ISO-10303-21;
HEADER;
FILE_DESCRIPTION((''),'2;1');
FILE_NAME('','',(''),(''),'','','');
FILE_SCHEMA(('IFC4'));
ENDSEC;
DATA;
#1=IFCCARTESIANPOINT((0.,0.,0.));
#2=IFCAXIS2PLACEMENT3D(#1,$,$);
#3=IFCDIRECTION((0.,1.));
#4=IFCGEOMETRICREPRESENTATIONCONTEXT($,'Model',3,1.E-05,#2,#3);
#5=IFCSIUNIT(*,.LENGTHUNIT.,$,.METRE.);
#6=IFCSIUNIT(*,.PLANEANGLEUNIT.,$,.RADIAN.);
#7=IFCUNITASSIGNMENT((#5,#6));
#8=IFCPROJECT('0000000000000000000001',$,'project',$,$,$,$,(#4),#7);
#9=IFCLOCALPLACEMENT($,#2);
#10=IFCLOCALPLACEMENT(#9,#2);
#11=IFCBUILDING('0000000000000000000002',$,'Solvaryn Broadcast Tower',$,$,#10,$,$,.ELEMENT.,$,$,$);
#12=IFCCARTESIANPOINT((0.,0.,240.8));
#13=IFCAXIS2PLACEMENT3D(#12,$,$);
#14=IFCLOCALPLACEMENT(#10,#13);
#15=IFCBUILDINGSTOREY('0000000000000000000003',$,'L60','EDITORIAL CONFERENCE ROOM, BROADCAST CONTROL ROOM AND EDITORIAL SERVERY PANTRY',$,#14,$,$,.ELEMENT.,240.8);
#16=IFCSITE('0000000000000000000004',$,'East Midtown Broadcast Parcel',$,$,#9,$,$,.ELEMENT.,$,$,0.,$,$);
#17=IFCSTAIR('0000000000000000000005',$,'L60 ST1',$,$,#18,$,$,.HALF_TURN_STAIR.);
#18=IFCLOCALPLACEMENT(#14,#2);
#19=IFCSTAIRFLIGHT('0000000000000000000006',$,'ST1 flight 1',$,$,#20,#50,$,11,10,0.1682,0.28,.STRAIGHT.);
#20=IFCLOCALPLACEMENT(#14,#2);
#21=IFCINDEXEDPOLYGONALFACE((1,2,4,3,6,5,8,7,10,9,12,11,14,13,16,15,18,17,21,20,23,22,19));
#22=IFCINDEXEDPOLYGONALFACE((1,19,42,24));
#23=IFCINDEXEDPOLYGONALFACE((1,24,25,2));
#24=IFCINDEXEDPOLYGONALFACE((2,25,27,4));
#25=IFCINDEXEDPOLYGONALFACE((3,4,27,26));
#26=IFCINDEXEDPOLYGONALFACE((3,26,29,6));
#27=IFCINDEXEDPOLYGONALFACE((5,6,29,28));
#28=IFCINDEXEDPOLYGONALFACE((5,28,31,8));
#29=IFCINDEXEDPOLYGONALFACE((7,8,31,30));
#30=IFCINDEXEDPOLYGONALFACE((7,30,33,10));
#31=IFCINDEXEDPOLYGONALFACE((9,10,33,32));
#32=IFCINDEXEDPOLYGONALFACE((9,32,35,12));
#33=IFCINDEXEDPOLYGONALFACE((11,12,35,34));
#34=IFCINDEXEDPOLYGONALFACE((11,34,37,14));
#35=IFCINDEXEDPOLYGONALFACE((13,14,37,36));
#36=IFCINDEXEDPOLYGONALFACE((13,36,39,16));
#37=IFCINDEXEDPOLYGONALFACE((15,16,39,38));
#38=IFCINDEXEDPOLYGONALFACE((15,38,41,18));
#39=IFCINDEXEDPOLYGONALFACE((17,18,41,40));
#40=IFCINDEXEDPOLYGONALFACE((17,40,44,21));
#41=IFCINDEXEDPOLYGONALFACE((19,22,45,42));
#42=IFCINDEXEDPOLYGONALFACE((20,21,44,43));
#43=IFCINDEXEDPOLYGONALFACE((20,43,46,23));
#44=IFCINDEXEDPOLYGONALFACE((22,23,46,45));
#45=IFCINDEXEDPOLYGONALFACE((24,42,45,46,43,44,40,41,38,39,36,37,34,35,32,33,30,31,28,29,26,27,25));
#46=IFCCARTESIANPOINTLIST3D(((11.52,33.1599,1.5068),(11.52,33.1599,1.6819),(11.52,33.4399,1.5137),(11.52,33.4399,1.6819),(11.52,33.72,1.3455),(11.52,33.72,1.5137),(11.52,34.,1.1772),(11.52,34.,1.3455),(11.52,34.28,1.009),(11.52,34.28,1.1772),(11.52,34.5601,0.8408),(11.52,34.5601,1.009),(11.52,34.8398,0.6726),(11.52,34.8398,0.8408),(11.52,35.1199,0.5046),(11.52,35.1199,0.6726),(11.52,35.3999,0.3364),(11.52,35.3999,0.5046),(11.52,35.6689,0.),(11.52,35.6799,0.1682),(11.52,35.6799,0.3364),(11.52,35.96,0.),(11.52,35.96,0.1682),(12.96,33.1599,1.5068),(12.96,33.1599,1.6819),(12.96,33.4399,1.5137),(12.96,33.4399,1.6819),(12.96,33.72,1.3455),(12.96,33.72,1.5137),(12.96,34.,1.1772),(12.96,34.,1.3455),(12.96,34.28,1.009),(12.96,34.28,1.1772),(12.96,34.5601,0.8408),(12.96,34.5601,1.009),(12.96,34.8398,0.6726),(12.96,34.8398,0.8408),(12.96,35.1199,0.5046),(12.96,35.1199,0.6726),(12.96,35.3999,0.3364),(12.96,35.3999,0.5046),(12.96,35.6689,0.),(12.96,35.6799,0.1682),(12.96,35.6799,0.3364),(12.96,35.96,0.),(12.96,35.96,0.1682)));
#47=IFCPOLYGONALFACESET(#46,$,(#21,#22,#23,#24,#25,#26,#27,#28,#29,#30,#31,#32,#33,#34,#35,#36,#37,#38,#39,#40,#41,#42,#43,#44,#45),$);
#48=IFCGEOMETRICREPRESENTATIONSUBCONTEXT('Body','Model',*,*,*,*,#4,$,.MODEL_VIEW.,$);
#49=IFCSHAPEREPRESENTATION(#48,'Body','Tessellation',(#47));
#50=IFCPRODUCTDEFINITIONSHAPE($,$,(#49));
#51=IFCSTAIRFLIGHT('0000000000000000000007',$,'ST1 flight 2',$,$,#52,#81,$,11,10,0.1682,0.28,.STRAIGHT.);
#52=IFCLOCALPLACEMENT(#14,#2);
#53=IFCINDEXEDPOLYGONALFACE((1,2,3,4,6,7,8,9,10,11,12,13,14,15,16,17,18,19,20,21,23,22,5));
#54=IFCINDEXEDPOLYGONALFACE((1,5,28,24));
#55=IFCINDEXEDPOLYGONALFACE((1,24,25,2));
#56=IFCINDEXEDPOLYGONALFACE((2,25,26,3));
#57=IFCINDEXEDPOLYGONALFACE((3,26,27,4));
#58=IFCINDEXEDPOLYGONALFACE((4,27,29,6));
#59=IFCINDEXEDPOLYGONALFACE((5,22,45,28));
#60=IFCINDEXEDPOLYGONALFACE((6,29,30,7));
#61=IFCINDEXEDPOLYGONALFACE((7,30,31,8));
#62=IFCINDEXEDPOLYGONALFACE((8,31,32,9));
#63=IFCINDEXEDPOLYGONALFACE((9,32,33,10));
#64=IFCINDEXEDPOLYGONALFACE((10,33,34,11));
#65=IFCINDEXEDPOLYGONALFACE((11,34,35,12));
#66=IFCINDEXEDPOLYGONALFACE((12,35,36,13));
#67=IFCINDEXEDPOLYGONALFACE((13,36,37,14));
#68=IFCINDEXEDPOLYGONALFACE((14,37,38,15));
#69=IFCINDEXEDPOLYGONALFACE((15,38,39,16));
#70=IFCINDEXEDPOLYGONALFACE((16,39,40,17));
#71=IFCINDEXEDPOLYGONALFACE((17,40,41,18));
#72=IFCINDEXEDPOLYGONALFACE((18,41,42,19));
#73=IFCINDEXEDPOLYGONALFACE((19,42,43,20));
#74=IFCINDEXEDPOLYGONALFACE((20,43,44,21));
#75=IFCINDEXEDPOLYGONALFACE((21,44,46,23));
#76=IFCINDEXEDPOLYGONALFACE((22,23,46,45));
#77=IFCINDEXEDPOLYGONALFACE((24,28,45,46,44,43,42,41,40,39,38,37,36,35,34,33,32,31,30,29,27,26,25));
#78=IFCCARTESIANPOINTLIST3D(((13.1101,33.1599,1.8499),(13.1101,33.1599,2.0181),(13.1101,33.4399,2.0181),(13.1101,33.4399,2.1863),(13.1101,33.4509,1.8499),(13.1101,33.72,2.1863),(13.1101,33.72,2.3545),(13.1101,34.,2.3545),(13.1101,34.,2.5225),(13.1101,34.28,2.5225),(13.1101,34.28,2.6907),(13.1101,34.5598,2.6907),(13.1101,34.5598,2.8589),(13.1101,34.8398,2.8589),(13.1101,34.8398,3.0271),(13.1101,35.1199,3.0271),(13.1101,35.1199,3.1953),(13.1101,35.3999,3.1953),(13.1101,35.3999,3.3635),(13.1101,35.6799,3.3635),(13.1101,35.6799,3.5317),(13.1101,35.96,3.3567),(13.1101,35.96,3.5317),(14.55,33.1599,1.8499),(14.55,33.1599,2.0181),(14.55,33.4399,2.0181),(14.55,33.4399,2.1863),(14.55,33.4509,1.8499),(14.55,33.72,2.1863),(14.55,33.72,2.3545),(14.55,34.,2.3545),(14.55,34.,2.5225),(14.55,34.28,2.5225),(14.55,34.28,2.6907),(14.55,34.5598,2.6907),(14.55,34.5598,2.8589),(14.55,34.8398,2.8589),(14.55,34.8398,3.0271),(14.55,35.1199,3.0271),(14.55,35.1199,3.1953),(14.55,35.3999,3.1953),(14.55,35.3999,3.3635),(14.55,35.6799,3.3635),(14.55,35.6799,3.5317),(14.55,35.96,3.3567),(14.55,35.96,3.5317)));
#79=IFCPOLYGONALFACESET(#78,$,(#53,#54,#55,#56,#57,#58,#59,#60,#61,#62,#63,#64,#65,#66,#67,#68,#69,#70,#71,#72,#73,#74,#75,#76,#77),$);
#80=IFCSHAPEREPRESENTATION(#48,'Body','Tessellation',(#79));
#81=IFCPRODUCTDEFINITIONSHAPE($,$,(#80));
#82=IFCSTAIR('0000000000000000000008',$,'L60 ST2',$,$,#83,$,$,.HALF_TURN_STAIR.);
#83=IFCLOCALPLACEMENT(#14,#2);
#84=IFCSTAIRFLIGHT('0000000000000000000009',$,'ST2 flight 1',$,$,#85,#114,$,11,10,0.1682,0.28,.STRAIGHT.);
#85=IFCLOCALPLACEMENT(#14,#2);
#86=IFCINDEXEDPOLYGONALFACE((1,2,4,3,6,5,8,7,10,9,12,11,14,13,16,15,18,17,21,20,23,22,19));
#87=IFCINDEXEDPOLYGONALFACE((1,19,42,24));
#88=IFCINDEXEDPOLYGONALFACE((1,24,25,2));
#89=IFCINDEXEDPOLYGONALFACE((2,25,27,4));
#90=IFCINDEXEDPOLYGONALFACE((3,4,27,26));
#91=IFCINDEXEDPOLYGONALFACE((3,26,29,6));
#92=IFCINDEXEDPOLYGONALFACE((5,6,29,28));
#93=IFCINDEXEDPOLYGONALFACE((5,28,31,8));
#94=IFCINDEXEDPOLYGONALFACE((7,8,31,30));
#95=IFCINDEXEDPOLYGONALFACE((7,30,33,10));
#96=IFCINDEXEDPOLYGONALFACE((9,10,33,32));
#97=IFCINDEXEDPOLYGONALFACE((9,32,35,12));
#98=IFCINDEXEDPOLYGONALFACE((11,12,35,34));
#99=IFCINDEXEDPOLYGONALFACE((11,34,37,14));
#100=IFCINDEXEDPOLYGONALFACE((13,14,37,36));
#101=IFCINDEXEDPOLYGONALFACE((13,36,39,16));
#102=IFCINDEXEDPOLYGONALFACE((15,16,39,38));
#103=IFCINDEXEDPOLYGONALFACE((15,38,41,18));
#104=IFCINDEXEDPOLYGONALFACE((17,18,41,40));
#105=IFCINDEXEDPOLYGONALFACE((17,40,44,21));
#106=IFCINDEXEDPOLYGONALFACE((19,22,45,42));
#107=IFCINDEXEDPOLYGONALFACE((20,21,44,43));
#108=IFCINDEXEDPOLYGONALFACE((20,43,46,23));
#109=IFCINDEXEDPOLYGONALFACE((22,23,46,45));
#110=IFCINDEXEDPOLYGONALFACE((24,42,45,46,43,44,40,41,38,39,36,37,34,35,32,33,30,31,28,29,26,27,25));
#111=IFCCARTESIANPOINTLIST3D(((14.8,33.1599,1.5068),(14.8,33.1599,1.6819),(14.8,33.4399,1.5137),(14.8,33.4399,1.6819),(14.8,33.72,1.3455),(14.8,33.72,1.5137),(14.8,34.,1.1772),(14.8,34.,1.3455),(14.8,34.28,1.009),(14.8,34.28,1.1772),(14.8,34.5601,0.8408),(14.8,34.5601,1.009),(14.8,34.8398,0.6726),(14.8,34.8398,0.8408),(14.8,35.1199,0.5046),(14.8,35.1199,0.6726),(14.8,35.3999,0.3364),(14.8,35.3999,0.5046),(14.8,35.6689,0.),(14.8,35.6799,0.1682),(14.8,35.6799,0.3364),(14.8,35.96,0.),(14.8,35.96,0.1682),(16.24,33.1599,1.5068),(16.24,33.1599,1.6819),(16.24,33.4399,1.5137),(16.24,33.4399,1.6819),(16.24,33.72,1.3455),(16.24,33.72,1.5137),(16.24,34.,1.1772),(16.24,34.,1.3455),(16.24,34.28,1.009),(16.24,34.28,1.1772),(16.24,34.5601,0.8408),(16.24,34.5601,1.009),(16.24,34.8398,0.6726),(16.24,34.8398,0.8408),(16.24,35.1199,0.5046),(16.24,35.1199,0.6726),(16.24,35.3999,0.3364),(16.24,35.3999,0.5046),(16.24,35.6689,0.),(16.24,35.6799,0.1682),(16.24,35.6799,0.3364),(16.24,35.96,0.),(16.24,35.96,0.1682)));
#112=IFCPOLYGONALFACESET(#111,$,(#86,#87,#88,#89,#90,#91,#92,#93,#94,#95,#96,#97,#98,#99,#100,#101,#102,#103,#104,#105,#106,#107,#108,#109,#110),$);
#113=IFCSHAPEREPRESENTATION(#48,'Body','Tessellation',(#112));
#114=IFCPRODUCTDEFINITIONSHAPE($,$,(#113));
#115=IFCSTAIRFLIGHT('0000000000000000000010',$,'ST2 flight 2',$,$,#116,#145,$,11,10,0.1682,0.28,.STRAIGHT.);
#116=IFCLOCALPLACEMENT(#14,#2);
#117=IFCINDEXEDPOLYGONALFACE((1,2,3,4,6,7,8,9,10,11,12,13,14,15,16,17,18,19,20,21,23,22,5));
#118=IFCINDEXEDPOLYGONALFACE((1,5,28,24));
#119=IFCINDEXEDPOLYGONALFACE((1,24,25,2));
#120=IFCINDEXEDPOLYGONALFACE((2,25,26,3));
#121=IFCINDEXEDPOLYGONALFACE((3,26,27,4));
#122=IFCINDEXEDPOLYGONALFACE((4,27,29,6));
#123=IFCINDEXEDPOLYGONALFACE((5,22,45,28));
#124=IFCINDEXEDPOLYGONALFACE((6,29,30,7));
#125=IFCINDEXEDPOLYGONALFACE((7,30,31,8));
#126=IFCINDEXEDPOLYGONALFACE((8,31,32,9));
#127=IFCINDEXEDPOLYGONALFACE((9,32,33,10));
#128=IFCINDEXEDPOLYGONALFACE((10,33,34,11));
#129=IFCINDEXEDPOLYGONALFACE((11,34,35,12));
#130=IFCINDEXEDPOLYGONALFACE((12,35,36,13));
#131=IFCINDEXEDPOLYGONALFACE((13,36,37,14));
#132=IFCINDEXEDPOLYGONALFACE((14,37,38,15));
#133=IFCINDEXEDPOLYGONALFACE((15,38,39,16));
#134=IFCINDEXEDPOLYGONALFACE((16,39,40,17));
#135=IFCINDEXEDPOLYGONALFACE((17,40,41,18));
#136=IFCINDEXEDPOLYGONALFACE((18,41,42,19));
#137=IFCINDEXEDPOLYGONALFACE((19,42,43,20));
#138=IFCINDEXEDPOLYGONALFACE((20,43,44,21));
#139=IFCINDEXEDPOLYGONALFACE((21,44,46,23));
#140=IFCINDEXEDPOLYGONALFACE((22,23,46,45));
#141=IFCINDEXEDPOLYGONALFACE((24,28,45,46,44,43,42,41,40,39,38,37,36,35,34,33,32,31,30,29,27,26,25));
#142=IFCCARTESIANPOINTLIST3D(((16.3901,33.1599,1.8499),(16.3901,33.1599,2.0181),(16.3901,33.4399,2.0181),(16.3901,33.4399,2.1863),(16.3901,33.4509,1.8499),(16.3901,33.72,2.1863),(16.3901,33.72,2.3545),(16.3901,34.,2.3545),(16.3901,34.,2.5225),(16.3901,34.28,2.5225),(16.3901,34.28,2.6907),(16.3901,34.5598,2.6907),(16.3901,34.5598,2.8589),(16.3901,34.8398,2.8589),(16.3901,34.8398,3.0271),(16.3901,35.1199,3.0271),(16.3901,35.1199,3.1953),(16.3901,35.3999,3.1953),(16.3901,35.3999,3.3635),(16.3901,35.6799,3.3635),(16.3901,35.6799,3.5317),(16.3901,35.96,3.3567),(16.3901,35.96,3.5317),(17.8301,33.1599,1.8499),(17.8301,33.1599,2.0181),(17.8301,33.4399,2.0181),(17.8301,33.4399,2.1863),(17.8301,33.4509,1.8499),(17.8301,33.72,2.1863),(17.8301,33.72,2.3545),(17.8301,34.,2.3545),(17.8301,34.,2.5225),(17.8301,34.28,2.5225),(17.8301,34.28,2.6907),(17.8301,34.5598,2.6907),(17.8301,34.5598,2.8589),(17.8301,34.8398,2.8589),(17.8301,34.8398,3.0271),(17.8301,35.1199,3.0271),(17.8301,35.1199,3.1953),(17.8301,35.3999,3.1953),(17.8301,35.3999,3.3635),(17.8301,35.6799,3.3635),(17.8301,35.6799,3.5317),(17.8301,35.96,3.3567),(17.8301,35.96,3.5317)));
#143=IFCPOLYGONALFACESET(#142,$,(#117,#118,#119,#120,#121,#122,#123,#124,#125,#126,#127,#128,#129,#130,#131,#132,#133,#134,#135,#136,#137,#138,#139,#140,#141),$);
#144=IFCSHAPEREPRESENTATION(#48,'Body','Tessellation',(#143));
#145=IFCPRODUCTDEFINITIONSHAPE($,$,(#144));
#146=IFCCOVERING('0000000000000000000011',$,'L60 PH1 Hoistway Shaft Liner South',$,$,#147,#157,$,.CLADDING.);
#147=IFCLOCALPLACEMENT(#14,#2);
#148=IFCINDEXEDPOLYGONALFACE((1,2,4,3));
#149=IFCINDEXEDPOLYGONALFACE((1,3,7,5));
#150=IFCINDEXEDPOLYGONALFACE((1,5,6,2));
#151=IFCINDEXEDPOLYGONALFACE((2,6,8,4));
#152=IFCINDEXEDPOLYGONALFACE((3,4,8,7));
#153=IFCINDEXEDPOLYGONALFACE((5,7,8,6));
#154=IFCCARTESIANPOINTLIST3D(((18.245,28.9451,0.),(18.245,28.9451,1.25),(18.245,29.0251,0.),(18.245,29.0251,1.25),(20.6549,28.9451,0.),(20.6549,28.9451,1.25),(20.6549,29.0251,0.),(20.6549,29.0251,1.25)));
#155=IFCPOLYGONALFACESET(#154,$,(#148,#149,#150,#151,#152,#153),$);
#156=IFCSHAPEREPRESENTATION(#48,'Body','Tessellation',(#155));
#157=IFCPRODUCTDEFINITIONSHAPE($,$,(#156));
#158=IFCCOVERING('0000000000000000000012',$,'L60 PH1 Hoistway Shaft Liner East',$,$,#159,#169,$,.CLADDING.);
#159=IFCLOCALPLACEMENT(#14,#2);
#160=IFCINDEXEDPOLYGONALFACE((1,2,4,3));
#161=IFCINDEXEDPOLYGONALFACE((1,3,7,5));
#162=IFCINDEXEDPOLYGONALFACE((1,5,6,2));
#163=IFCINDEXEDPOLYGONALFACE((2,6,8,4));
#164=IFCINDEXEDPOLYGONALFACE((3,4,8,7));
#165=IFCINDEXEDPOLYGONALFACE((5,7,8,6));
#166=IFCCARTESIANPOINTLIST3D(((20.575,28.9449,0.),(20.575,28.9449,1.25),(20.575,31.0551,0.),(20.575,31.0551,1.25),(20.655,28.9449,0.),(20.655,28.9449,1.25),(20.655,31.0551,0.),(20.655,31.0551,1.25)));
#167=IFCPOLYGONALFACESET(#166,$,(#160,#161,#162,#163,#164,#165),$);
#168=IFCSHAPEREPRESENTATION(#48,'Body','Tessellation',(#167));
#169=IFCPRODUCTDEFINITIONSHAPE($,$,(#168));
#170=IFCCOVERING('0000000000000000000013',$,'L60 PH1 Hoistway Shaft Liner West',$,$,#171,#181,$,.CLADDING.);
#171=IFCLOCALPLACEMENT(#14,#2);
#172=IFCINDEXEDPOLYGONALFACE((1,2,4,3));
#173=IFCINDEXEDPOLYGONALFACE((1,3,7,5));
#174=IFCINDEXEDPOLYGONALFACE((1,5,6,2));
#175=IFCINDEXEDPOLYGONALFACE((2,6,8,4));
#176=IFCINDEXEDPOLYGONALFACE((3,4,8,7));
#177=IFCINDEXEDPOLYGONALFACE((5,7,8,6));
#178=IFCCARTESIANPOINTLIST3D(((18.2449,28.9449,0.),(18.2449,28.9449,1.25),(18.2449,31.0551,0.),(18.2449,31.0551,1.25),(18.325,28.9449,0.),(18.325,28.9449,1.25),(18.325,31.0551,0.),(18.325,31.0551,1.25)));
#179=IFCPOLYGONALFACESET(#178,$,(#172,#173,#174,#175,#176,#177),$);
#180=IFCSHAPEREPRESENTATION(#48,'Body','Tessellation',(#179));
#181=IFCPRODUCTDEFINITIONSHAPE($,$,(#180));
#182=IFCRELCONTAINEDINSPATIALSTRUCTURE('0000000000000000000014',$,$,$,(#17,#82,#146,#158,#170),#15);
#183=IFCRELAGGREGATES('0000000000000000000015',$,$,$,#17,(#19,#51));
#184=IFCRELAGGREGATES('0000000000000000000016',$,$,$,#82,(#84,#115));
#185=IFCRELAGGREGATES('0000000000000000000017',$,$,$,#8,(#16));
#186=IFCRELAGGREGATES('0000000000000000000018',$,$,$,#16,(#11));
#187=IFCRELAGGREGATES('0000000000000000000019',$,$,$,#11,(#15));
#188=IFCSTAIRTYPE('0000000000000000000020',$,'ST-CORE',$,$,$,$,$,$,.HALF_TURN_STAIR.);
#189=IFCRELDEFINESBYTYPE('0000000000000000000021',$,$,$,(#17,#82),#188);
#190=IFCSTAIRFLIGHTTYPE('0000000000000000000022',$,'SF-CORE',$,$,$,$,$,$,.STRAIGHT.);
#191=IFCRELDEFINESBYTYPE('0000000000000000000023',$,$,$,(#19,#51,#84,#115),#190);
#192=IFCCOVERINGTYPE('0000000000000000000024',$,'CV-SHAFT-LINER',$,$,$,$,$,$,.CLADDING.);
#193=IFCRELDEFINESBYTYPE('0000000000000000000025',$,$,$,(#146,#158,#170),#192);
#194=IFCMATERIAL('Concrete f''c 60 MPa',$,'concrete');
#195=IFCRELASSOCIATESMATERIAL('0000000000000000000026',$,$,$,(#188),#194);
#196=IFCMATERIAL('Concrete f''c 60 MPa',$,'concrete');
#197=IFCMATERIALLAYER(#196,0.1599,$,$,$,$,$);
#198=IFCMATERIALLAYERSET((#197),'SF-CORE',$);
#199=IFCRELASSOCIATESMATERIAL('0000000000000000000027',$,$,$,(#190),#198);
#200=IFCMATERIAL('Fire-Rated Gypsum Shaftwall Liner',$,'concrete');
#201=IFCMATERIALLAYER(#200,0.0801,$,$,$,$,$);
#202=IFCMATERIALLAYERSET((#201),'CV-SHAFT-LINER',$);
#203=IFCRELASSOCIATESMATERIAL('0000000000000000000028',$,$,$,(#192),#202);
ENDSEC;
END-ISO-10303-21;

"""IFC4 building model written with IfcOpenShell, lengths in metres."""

from ifc_helpers import new_model, si_unit, direction, frame, origin, origin_2d, place, context, subcontext, project, spatial, polyline, rectangle, outline, extrude, material, layer, layer_set, type_object, element, aggregate, save


model = new_model("IFC4")

# Units and contexts
model_context = context("Model", 3, precision=1e-05, world=origin(), true_north=direction((0.0, 1.0)))
body_context = subcontext(model_context, "Body", "Model", "MODEL_VIEW")
ifc_project = project(units=[si_unit("LENGTHUNIT", "METRE"), si_unit("PLANEANGLEUNIT", "RADIAN")], contexts=[model_context])

# Site, building, storey
site_placement = place(None, origin())
site = spatial("IfcSite", under=ifc_project, at=site_placement, Name="East Midtown Broadcast Parcel", CompositionType="ELEMENT", RefElevation=0.0)
building_placement = place(site_placement, origin())
building = spatial("IfcBuilding", under=site, at=building_placement, Name="Solvaryn Broadcast Tower", CompositionType="ELEMENT")
storey_placement = place(building_placement, frame((0.0, 0.0, 240.8)))
storey = spatial("IfcBuildingStorey", under=building, at=storey_placement, Name="L60", Description="EDITORIAL CONFERENCE ROOM, BROADCAST CONTROL ROOM AND EDITORIAL SERVERY PANTRY", CompositionType="ELEMENT", Elevation=240.8)

# Stairs, stair flights
ifc_material_1 = material(Name="Concrete f'c 60 MPa", Category="concrete")
stair_type = type_object("IfcStairType", Name="ST-CORE", PredefinedType="HALF_TURN_STAIR", material=ifc_material_1)
stair_1_placement = place(storey_placement, origin())
stair_1 = element("IfcStair", 1, at=stair_1_placement, inside=storey, type_object=stair_type, Name="L60 ST1", PredefinedType="HALF_TURN_STAIR")
ifc_material_2 = material(Name="Concrete f'c 60 MPa", Category="concrete")
ifc_layer_1 = layer(ifc_material_2, 0.1599)
ifc_layer_set_1 = layer_set([ifc_layer_1], Name="SF-CORE")
stair_flight_type = type_object("IfcStairFlightType", Name="SF-CORE", PredefinedType="STRAIGHT", material=ifc_layer_set_1)
stair_flight_1_placement = place(storey_placement, frame((12.24, 35.96, 0.0), z_axis=(0.0, 0.0, 1.0), x_axis=(0.0, -1.0, 0.0)))
stair_flight_1 = element("IfcStairFlight", 2, at=stair_flight_1_placement, type_object=stair_flight_type, Name="ST1 flight 1", NumberOfRisers=11, NumberOfTreads=10, PredefinedType="STRAIGHT", RiserHeight=0.1682, TreadLength=0.28, context=body_context, shape_type="SweptSolid", body=[
    extrude(outline(polyline([(0.0, 0.0), (0.0, 0.1682), (0.28, 0.1682), (0.28, 0.3364), (0.5601, 0.3364), (0.5601, 0.5046), (0.8401, 0.5046), (0.8401, 0.6726), (1.1201, 0.6726), (1.1201, 0.8408), (1.3999, 0.8408), (1.3999, 1.009), (1.6799, 1.009), (1.6799, 1.1772), (1.96, 1.1772), (1.96, 1.3455), (2.24, 1.3455), (2.24, 1.5137), (2.52, 1.5137), (2.52, 1.6819), (2.8, 1.6819), (2.8, 1.8501), (2.8, 1.5068), (0.291, 0.0), (0.0, 0.0)])), frame((0.0, 0.72, 0.0), z_axis=(0.0, -1.0, 0.0), x_axis=(1.0, 0.0, 0.0)), (0.0, 0.0, 1.0), 1.4399),
])
stair_flight_2_placement = place(storey_placement, frame((13.8301, 33.1599, 1.8499), z_axis=(0.0, 0.0, 1.0), x_axis=(0.0, 1.0, 0.0)))
stair_flight_2 = element("IfcStairFlight", 3, at=stair_flight_2_placement, type_object=stair_flight_type, Name="ST1 flight 2", NumberOfRisers=11, NumberOfTreads=10, PredefinedType="STRAIGHT", RiserHeight=0.1682, TreadLength=0.28, context=body_context, shape_type="SweptSolid", body=[
    extrude(outline(polyline([(0.0, 0.0), (0.0, 0.1682), (0.28, 0.1682), (0.28, 0.3364), (0.5601, 0.3364), (0.5601, 0.5046), (0.8401, 0.5046), (0.8401, 0.6726), (1.1201, 0.6726), (1.1201, 0.8408), (1.3999, 0.8408), (1.3999, 1.009), (1.6799, 1.009), (1.6799, 1.1772), (1.96, 1.1772), (1.96, 1.3455), (2.24, 1.3455), (2.24, 1.5137), (2.52, 1.5137), (2.52, 1.6819), (2.8, 1.6819), (2.8, 1.8501), (2.8, 1.5068), (0.291, 0.0), (0.0, 0.0)])), frame((0.0, 0.72, 0.0), z_axis=(0.0, -1.0, 0.0), x_axis=(1.0, 0.0, 0.0)), (0.0, 0.0, 1.0), 1.4399),
])
aggregate(stair_1, [stair_flight_1, stair_flight_2])
stair_2_placement = place(storey_placement, origin())
stair_2 = element("IfcStair", 4, at=stair_2_placement, inside=storey, type_object=stair_type, Name="L60 ST2", PredefinedType="HALF_TURN_STAIR")
stair_flight_3_placement = place(storey_placement, frame((15.52, 35.96, 0.0), z_axis=(0.0, 0.0, 1.0), x_axis=(0.0, -1.0, 0.0)))
stair_flight_3 = element("IfcStairFlight", 5, at=stair_flight_3_placement, type_object=stair_flight_type, Name="ST2 flight 1", NumberOfRisers=11, NumberOfTreads=10, PredefinedType="STRAIGHT", RiserHeight=0.1682, TreadLength=0.28, context=body_context, shape_type="SweptSolid", body=[
    extrude(outline(polyline([(0.0, 0.0), (0.0, 0.1682), (0.28, 0.1682), (0.28, 0.3364), (0.5601, 0.3364), (0.5601, 0.5046), (0.8401, 0.5046), (0.8401, 0.6726), (1.1201, 0.6726), (1.1201, 0.8408), (1.3999, 0.8408), (1.3999, 1.009), (1.6799, 1.009), (1.6799, 1.1772), (1.96, 1.1772), (1.96, 1.3455), (2.24, 1.3455), (2.24, 1.5137), (2.52, 1.5137), (2.52, 1.6819), (2.8, 1.6819), (2.8, 1.8501), (2.8, 1.5068), (0.291, 0.0), (0.0, 0.0)])), frame((0.0, 0.72, 0.0), z_axis=(0.0, -1.0, 0.0), x_axis=(1.0, 0.0, 0.0)), (0.0, 0.0, 1.0), 1.4399),
])
stair_flight_4_placement = place(storey_placement, frame((17.1101, 33.1599, 1.8499), z_axis=(0.0, 0.0, 1.0), x_axis=(0.0, 1.0, 0.0)))
stair_flight_4 = element("IfcStairFlight", 6, at=stair_flight_4_placement, type_object=stair_flight_type, Name="ST2 flight 2", NumberOfRisers=11, NumberOfTreads=10, PredefinedType="STRAIGHT", RiserHeight=0.1682, TreadLength=0.28, context=body_context, shape_type="SweptSolid", body=[
    extrude(outline(polyline([(0.0, 0.0), (0.0, 0.1682), (0.28, 0.1682), (0.28, 0.3364), (0.5601, 0.3364), (0.5601, 0.5046), (0.8401, 0.5046), (0.8401, 0.6726), (1.1201, 0.6726), (1.1201, 0.8408), (1.3999, 0.8408), (1.3999, 1.009), (1.6799, 1.009), (1.6799, 1.1772), (1.96, 1.1772), (1.96, 1.3455), (2.24, 1.3455), (2.24, 1.5137), (2.52, 1.5137), (2.52, 1.6819), (2.8, 1.6819), (2.8, 1.8501), (2.8, 1.5068), (0.291, 0.0), (0.0, 0.0)])), frame((0.0, 0.72, 0.0), z_axis=(0.0, -1.0, 0.0), x_axis=(1.0, 0.0, 0.0)), (0.0, 0.0, 1.0), 1.4399),
])
aggregate(stair_2, [stair_flight_3, stair_flight_4])

# Coverings
ifc_material_3 = material(Name="Fire-Rated Gypsum Shaftwall Liner", Category="concrete")
ifc_layer_2 = layer(ifc_material_3, 0.0801)
ifc_layer_set_2 = layer_set([ifc_layer_2], Name="CV-SHAFT-LINER")
covering_type_1 = type_object("IfcCoveringType", Name="CV-SHAFT-LINER", PredefinedType="CLADDING", material=ifc_layer_set_2)
covering_placement = place(storey_placement, frame((19.45, 28.9851, 0.0), z_axis=(0.0, 0.0, 1.0), x_axis=(1.0, 0.0, 0.0)))
element("IfcCovering", 7, at=covering_placement, inside=storey, type_object=covering_type_1, Name="L60 PH1 Hoistway Shaft Liner South", PredefinedType="CLADDING", context=body_context, shape_type="SweptSolid", body=[
    extrude(rectangle(XDim=2.4099, YDim=0.0801, at=origin_2d()), origin(), (0.0, 0.0, 1.0), 1.25),
])
for number, where, z_axis, x_axis, name in (
    (8, (20.615, 30.0, 0.0), (0.0, 0.0, 1.0), (1.0, 0.0, 0.0), "L60 PH1 Hoistway Shaft Liner East"),
    (9, (18.2849, 30.0, 0.0), (0.0, 0.0, 1.0), (1.0, 0.0, 0.0), "L60 PH1 Hoistway Shaft Liner West"),
):
    element("IfcCovering", number, at=place(storey_placement, frame(where, z_axis=z_axis, x_axis=x_axis)), inside=storey, type_object=covering_type_1, Name=name, PredefinedType="CLADDING", context=body_context, shape_type="SweptSolid", body=[
        extrude(rectangle(XDim=0.0801, YDim=2.1101, at=origin_2d()), origin(), (0.0, 0.0, 1.0), 1.25),
    ])

save(model, "model.ifc")
